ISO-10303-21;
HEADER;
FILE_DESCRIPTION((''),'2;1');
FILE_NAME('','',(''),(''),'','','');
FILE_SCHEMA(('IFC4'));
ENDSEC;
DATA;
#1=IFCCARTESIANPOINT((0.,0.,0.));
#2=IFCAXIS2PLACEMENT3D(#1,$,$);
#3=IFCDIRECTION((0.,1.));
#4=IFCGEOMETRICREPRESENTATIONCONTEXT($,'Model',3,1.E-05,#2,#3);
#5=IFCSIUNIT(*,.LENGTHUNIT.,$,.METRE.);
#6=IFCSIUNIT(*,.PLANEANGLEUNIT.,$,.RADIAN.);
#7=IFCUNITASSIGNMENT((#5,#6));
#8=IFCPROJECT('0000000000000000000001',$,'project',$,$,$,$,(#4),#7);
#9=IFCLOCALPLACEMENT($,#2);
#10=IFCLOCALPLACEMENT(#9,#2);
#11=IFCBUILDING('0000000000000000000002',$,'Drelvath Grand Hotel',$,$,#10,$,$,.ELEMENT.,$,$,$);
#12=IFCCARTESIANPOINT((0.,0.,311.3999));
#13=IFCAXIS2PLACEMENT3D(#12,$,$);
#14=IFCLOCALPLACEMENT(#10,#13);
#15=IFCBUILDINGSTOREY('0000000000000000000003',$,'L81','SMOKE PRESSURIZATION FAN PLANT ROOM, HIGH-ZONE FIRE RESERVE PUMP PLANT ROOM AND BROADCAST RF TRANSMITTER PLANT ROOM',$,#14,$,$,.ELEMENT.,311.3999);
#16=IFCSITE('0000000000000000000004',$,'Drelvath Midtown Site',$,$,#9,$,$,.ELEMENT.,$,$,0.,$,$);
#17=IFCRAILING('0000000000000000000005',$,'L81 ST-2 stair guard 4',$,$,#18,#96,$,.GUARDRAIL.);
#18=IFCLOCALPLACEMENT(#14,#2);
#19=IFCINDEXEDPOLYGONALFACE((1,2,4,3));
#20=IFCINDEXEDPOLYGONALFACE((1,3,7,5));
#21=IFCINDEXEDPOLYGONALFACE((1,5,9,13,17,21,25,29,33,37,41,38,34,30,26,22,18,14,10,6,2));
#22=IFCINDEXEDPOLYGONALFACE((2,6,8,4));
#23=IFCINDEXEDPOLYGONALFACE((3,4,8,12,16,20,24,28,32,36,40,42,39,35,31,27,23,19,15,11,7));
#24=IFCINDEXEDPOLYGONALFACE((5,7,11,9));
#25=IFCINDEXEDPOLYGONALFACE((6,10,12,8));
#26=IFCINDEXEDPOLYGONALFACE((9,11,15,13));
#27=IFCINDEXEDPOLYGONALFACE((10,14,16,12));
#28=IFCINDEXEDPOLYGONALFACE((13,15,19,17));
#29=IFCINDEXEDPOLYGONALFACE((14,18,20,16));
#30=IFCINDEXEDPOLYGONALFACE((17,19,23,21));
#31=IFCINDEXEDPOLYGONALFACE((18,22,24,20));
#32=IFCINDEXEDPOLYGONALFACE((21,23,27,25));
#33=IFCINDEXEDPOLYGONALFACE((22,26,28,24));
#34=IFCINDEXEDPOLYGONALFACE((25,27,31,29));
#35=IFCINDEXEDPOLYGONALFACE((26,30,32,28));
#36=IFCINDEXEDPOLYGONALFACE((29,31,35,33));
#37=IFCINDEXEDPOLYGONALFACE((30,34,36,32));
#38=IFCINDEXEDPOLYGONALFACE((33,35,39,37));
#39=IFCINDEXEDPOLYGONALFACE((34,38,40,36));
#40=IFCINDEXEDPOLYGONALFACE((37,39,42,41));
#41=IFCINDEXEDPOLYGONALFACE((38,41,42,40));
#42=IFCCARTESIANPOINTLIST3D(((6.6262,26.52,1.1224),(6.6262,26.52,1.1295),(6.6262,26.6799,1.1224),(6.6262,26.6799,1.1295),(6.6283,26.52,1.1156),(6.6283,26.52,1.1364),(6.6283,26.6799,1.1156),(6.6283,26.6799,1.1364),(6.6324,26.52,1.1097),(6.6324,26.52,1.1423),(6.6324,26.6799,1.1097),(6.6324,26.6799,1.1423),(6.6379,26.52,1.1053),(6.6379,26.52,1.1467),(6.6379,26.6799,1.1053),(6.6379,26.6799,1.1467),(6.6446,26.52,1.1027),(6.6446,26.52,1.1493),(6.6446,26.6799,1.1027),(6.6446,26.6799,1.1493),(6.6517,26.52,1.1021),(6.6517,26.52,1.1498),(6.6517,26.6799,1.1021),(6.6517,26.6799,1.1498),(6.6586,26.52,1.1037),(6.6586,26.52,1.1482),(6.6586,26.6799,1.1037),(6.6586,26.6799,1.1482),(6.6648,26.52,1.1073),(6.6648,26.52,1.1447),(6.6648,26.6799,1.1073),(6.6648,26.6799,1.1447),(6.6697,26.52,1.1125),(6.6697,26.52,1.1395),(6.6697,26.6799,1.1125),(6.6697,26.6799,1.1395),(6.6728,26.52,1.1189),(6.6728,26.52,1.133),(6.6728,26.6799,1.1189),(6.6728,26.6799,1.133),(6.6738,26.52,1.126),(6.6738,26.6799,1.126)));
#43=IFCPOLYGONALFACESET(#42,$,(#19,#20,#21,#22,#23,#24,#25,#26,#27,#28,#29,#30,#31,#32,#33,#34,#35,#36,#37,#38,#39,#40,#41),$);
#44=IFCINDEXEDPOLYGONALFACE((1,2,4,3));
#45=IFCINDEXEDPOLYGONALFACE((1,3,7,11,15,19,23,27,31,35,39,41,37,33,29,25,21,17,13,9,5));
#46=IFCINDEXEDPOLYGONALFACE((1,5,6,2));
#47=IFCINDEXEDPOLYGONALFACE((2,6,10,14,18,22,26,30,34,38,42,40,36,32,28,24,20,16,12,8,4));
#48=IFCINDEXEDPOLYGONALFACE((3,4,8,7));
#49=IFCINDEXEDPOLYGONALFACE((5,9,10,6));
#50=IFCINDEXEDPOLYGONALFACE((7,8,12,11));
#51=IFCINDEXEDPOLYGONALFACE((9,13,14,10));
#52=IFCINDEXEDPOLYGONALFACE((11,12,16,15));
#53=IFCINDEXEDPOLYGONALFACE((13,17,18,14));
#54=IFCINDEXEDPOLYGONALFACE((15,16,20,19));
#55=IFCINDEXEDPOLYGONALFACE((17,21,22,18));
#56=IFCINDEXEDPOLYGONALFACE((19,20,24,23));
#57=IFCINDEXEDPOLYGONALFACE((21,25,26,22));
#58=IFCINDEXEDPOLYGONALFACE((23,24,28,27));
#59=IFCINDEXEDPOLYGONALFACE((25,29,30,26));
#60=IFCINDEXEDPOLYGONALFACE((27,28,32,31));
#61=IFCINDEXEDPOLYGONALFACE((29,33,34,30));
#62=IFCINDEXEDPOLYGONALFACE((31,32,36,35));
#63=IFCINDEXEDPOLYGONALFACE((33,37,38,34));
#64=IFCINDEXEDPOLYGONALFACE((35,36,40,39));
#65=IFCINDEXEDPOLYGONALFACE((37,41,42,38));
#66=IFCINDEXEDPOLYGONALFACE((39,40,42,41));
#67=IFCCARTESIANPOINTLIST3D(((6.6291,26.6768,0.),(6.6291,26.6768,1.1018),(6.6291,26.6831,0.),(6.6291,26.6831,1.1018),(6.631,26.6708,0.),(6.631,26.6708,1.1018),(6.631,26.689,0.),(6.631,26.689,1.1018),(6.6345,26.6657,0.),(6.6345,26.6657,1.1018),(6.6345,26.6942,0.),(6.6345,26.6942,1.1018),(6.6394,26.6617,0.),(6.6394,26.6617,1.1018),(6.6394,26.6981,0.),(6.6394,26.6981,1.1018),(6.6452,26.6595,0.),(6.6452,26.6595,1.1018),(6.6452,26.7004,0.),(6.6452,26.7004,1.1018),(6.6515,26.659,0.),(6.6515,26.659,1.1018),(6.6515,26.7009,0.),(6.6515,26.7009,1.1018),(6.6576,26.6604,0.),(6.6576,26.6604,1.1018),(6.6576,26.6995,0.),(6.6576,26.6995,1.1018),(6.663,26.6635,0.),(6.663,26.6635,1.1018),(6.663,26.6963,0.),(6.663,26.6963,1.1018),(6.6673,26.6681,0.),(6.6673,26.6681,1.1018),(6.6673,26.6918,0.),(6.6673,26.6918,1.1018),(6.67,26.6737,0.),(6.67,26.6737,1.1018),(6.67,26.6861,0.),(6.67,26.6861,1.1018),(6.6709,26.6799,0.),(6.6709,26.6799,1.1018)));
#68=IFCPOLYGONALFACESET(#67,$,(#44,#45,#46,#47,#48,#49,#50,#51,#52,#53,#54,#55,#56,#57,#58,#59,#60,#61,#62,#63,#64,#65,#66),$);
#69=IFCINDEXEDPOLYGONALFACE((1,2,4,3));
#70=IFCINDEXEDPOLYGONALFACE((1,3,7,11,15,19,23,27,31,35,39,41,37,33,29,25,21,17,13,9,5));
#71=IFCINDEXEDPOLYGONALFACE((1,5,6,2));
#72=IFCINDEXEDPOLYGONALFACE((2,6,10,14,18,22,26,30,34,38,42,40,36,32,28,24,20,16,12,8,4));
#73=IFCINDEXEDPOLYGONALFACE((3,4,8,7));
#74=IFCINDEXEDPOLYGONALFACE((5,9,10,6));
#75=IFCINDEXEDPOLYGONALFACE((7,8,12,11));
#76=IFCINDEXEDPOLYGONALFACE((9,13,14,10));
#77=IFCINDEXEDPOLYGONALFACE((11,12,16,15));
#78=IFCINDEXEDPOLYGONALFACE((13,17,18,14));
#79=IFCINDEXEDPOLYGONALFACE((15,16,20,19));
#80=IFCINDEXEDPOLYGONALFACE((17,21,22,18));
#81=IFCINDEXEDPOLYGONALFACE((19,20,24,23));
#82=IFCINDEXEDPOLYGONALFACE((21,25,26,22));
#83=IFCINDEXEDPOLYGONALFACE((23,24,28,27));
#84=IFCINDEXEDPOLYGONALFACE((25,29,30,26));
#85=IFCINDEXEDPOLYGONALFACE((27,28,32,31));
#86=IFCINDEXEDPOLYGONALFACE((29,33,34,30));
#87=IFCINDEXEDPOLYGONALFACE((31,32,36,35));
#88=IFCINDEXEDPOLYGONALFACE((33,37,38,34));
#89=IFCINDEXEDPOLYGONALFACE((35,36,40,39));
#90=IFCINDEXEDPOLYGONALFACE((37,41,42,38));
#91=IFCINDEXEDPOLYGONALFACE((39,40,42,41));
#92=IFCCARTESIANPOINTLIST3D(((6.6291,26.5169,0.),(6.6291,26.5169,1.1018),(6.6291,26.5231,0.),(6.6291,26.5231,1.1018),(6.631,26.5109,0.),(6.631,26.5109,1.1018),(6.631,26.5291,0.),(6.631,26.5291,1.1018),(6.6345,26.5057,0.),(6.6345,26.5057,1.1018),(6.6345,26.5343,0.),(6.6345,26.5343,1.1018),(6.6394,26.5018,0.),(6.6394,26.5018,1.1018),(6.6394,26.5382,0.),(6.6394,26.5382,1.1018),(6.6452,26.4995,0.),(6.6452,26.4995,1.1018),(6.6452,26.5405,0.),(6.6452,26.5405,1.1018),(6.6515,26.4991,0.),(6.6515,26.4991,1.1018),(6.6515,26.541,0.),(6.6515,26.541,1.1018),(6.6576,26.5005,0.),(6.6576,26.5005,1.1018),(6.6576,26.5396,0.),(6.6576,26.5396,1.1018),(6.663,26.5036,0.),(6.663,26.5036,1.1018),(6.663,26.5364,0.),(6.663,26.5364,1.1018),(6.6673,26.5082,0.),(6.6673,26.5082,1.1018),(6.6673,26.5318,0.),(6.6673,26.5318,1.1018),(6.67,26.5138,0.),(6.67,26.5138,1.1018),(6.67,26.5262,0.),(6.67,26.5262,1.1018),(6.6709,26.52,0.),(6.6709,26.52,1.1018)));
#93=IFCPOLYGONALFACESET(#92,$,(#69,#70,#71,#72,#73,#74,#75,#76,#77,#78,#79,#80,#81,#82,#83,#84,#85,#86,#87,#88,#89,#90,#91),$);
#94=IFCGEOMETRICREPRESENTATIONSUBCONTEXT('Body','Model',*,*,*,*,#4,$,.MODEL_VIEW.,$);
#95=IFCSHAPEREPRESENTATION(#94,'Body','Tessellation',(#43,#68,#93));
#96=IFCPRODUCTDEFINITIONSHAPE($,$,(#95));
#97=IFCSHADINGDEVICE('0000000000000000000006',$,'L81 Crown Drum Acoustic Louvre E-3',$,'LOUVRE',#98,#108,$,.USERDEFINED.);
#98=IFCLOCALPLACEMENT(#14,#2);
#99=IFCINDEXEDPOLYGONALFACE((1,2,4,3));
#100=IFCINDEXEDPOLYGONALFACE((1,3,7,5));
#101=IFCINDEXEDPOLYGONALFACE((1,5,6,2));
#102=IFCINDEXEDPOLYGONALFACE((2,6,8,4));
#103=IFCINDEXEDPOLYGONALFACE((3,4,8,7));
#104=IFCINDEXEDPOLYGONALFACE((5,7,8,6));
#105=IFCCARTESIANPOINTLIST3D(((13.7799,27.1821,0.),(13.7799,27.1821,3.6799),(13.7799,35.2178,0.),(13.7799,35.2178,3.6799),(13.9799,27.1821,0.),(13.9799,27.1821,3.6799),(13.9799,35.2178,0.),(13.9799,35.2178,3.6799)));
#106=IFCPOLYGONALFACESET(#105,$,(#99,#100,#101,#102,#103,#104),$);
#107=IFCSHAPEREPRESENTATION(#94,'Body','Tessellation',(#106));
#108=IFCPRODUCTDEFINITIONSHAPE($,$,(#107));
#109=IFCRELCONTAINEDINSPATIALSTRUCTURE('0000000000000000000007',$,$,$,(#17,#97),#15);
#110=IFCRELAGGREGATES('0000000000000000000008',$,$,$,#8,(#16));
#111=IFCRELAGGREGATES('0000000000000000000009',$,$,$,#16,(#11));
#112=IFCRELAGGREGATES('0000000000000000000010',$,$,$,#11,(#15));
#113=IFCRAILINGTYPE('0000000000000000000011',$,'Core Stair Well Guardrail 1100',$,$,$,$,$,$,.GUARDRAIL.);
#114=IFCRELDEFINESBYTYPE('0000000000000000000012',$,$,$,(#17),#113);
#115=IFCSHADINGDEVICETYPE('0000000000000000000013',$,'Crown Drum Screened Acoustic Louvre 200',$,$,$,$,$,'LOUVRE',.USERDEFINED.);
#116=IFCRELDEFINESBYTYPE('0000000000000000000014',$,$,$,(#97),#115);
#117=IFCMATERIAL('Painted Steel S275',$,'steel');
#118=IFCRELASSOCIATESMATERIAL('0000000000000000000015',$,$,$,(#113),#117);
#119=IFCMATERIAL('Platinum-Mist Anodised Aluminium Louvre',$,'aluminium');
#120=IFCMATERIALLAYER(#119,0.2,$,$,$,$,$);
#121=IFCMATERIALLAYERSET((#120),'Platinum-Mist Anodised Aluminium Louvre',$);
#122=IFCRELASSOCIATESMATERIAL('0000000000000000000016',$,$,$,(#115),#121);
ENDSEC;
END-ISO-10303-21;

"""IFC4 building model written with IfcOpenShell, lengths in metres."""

from ifc_helpers import new_model, si_unit, direction, frame, origin, origin_2d, place, context, subcontext, project, spatial, rectangle, circle, extrude, material, layer, layer_set, type_object, element, save


model = new_model("IFC4")

# Units and contexts
model_context = context("Model", 3, precision=1e-05, world=origin(), true_north=direction((0.0, 1.0)))
body_context = subcontext(model_context, "Body", "Model", "MODEL_VIEW")
ifc_project = project(units=[si_unit("LENGTHUNIT", "METRE"), si_unit("PLANEANGLEUNIT", "RADIAN")], contexts=[model_context])

# Site, building, storey
site_placement = place(None, origin())
site = spatial("IfcSite", under=ifc_project, at=site_placement, Name="Drelvath Midtown Site", CompositionType="ELEMENT", RefElevation=0.0)
building_placement = place(site_placement, origin())
building = spatial("IfcBuilding", under=site, at=building_placement, Name="Drelvath Grand Hotel", CompositionType="ELEMENT")
storey_placement = place(building_placement, frame((0.0, 0.0, 311.3999)))
storey = spatial("IfcBuildingStorey", under=building, at=storey_placement, Name="L81", Description="SMOKE PRESSURIZATION FAN PLANT ROOM, HIGH-ZONE FIRE RESERVE PUMP PLANT ROOM AND BROADCAST RF TRANSMITTER PLANT ROOM", CompositionType="ELEMENT", Elevation=311.3999)

# Shared definitions
ifc_material_1 = material(Name="Painted Steel S275", Category="steel")

# Railing
railing_type_1 = type_object("IfcRailingType", Name="Core Stair Well Guardrail 1100", PredefinedType="GUARDRAIL", material=ifc_material_1)
railing_1_placement = place(storey_placement, frame((6.6499, 26.6799, 0.0)))
element("IfcRailing", 1, at=railing_1_placement, inside=storey, type_object=railing_type_1, Name="L81 ST-2 stair guard 4", PredefinedType="GUARDRAIL", context=body_context, shape_type="SweptSolid", body=[
    extrude(circle(Radius=0.0239, at=origin_2d()), frame((0.0, 0.0, 1.126), z_axis=(0.0, -1.0, 0.0), x_axis=(1.0, 0.0, 0.0)), (0.0, 0.0, 1.0), 0.1599),
    extrude(circle(Radius=0.021, at=origin_2d()), origin(), (0.0, 0.0, 1.0), 1.1018),
    extrude(circle(Radius=0.021, at=origin_2d()), frame((0.0, -0.1599, 0.0)), (0.0, 0.0, 1.0), 1.1018),
])

# Shading device
ifc_material_2 = material(Name="Platinum-Mist Anodised Aluminium Louvre", Category="aluminium")
ifc_layer_1 = layer(ifc_material_2, 0.2)
ifc_layer_set_1 = layer_set([ifc_layer_1], Name="Platinum-Mist Anodised Aluminium Louvre")
shading_device_type = type_object("IfcShadingDeviceType", Name="Crown Drum Screened Acoustic Louvre 200", ElementType="LOUVRE", PredefinedType="USERDEFINED", material=ifc_layer_set_1)
shading_device_placement = place(storey_placement, frame((13.8799, 31.2, 0.0), z_axis=(0.0, 0.0, 1.0), x_axis=(0.0, 1.0, 0.0)))
element("IfcShadingDevice", 2, at=shading_device_placement, inside=storey, type_object=shading_device_type, Name="L81 Crown Drum Acoustic Louvre E-3", ObjectType="LOUVRE", PredefinedType="USERDEFINED", context=body_context, shape_type="SweptSolid", body=[
    extrude(rectangle(XDim=8.0356, YDim=0.2, at=origin_2d()), origin(), (0.0, 0.0, 1.0), 3.6799),
])

save(model, "model.ifc")
